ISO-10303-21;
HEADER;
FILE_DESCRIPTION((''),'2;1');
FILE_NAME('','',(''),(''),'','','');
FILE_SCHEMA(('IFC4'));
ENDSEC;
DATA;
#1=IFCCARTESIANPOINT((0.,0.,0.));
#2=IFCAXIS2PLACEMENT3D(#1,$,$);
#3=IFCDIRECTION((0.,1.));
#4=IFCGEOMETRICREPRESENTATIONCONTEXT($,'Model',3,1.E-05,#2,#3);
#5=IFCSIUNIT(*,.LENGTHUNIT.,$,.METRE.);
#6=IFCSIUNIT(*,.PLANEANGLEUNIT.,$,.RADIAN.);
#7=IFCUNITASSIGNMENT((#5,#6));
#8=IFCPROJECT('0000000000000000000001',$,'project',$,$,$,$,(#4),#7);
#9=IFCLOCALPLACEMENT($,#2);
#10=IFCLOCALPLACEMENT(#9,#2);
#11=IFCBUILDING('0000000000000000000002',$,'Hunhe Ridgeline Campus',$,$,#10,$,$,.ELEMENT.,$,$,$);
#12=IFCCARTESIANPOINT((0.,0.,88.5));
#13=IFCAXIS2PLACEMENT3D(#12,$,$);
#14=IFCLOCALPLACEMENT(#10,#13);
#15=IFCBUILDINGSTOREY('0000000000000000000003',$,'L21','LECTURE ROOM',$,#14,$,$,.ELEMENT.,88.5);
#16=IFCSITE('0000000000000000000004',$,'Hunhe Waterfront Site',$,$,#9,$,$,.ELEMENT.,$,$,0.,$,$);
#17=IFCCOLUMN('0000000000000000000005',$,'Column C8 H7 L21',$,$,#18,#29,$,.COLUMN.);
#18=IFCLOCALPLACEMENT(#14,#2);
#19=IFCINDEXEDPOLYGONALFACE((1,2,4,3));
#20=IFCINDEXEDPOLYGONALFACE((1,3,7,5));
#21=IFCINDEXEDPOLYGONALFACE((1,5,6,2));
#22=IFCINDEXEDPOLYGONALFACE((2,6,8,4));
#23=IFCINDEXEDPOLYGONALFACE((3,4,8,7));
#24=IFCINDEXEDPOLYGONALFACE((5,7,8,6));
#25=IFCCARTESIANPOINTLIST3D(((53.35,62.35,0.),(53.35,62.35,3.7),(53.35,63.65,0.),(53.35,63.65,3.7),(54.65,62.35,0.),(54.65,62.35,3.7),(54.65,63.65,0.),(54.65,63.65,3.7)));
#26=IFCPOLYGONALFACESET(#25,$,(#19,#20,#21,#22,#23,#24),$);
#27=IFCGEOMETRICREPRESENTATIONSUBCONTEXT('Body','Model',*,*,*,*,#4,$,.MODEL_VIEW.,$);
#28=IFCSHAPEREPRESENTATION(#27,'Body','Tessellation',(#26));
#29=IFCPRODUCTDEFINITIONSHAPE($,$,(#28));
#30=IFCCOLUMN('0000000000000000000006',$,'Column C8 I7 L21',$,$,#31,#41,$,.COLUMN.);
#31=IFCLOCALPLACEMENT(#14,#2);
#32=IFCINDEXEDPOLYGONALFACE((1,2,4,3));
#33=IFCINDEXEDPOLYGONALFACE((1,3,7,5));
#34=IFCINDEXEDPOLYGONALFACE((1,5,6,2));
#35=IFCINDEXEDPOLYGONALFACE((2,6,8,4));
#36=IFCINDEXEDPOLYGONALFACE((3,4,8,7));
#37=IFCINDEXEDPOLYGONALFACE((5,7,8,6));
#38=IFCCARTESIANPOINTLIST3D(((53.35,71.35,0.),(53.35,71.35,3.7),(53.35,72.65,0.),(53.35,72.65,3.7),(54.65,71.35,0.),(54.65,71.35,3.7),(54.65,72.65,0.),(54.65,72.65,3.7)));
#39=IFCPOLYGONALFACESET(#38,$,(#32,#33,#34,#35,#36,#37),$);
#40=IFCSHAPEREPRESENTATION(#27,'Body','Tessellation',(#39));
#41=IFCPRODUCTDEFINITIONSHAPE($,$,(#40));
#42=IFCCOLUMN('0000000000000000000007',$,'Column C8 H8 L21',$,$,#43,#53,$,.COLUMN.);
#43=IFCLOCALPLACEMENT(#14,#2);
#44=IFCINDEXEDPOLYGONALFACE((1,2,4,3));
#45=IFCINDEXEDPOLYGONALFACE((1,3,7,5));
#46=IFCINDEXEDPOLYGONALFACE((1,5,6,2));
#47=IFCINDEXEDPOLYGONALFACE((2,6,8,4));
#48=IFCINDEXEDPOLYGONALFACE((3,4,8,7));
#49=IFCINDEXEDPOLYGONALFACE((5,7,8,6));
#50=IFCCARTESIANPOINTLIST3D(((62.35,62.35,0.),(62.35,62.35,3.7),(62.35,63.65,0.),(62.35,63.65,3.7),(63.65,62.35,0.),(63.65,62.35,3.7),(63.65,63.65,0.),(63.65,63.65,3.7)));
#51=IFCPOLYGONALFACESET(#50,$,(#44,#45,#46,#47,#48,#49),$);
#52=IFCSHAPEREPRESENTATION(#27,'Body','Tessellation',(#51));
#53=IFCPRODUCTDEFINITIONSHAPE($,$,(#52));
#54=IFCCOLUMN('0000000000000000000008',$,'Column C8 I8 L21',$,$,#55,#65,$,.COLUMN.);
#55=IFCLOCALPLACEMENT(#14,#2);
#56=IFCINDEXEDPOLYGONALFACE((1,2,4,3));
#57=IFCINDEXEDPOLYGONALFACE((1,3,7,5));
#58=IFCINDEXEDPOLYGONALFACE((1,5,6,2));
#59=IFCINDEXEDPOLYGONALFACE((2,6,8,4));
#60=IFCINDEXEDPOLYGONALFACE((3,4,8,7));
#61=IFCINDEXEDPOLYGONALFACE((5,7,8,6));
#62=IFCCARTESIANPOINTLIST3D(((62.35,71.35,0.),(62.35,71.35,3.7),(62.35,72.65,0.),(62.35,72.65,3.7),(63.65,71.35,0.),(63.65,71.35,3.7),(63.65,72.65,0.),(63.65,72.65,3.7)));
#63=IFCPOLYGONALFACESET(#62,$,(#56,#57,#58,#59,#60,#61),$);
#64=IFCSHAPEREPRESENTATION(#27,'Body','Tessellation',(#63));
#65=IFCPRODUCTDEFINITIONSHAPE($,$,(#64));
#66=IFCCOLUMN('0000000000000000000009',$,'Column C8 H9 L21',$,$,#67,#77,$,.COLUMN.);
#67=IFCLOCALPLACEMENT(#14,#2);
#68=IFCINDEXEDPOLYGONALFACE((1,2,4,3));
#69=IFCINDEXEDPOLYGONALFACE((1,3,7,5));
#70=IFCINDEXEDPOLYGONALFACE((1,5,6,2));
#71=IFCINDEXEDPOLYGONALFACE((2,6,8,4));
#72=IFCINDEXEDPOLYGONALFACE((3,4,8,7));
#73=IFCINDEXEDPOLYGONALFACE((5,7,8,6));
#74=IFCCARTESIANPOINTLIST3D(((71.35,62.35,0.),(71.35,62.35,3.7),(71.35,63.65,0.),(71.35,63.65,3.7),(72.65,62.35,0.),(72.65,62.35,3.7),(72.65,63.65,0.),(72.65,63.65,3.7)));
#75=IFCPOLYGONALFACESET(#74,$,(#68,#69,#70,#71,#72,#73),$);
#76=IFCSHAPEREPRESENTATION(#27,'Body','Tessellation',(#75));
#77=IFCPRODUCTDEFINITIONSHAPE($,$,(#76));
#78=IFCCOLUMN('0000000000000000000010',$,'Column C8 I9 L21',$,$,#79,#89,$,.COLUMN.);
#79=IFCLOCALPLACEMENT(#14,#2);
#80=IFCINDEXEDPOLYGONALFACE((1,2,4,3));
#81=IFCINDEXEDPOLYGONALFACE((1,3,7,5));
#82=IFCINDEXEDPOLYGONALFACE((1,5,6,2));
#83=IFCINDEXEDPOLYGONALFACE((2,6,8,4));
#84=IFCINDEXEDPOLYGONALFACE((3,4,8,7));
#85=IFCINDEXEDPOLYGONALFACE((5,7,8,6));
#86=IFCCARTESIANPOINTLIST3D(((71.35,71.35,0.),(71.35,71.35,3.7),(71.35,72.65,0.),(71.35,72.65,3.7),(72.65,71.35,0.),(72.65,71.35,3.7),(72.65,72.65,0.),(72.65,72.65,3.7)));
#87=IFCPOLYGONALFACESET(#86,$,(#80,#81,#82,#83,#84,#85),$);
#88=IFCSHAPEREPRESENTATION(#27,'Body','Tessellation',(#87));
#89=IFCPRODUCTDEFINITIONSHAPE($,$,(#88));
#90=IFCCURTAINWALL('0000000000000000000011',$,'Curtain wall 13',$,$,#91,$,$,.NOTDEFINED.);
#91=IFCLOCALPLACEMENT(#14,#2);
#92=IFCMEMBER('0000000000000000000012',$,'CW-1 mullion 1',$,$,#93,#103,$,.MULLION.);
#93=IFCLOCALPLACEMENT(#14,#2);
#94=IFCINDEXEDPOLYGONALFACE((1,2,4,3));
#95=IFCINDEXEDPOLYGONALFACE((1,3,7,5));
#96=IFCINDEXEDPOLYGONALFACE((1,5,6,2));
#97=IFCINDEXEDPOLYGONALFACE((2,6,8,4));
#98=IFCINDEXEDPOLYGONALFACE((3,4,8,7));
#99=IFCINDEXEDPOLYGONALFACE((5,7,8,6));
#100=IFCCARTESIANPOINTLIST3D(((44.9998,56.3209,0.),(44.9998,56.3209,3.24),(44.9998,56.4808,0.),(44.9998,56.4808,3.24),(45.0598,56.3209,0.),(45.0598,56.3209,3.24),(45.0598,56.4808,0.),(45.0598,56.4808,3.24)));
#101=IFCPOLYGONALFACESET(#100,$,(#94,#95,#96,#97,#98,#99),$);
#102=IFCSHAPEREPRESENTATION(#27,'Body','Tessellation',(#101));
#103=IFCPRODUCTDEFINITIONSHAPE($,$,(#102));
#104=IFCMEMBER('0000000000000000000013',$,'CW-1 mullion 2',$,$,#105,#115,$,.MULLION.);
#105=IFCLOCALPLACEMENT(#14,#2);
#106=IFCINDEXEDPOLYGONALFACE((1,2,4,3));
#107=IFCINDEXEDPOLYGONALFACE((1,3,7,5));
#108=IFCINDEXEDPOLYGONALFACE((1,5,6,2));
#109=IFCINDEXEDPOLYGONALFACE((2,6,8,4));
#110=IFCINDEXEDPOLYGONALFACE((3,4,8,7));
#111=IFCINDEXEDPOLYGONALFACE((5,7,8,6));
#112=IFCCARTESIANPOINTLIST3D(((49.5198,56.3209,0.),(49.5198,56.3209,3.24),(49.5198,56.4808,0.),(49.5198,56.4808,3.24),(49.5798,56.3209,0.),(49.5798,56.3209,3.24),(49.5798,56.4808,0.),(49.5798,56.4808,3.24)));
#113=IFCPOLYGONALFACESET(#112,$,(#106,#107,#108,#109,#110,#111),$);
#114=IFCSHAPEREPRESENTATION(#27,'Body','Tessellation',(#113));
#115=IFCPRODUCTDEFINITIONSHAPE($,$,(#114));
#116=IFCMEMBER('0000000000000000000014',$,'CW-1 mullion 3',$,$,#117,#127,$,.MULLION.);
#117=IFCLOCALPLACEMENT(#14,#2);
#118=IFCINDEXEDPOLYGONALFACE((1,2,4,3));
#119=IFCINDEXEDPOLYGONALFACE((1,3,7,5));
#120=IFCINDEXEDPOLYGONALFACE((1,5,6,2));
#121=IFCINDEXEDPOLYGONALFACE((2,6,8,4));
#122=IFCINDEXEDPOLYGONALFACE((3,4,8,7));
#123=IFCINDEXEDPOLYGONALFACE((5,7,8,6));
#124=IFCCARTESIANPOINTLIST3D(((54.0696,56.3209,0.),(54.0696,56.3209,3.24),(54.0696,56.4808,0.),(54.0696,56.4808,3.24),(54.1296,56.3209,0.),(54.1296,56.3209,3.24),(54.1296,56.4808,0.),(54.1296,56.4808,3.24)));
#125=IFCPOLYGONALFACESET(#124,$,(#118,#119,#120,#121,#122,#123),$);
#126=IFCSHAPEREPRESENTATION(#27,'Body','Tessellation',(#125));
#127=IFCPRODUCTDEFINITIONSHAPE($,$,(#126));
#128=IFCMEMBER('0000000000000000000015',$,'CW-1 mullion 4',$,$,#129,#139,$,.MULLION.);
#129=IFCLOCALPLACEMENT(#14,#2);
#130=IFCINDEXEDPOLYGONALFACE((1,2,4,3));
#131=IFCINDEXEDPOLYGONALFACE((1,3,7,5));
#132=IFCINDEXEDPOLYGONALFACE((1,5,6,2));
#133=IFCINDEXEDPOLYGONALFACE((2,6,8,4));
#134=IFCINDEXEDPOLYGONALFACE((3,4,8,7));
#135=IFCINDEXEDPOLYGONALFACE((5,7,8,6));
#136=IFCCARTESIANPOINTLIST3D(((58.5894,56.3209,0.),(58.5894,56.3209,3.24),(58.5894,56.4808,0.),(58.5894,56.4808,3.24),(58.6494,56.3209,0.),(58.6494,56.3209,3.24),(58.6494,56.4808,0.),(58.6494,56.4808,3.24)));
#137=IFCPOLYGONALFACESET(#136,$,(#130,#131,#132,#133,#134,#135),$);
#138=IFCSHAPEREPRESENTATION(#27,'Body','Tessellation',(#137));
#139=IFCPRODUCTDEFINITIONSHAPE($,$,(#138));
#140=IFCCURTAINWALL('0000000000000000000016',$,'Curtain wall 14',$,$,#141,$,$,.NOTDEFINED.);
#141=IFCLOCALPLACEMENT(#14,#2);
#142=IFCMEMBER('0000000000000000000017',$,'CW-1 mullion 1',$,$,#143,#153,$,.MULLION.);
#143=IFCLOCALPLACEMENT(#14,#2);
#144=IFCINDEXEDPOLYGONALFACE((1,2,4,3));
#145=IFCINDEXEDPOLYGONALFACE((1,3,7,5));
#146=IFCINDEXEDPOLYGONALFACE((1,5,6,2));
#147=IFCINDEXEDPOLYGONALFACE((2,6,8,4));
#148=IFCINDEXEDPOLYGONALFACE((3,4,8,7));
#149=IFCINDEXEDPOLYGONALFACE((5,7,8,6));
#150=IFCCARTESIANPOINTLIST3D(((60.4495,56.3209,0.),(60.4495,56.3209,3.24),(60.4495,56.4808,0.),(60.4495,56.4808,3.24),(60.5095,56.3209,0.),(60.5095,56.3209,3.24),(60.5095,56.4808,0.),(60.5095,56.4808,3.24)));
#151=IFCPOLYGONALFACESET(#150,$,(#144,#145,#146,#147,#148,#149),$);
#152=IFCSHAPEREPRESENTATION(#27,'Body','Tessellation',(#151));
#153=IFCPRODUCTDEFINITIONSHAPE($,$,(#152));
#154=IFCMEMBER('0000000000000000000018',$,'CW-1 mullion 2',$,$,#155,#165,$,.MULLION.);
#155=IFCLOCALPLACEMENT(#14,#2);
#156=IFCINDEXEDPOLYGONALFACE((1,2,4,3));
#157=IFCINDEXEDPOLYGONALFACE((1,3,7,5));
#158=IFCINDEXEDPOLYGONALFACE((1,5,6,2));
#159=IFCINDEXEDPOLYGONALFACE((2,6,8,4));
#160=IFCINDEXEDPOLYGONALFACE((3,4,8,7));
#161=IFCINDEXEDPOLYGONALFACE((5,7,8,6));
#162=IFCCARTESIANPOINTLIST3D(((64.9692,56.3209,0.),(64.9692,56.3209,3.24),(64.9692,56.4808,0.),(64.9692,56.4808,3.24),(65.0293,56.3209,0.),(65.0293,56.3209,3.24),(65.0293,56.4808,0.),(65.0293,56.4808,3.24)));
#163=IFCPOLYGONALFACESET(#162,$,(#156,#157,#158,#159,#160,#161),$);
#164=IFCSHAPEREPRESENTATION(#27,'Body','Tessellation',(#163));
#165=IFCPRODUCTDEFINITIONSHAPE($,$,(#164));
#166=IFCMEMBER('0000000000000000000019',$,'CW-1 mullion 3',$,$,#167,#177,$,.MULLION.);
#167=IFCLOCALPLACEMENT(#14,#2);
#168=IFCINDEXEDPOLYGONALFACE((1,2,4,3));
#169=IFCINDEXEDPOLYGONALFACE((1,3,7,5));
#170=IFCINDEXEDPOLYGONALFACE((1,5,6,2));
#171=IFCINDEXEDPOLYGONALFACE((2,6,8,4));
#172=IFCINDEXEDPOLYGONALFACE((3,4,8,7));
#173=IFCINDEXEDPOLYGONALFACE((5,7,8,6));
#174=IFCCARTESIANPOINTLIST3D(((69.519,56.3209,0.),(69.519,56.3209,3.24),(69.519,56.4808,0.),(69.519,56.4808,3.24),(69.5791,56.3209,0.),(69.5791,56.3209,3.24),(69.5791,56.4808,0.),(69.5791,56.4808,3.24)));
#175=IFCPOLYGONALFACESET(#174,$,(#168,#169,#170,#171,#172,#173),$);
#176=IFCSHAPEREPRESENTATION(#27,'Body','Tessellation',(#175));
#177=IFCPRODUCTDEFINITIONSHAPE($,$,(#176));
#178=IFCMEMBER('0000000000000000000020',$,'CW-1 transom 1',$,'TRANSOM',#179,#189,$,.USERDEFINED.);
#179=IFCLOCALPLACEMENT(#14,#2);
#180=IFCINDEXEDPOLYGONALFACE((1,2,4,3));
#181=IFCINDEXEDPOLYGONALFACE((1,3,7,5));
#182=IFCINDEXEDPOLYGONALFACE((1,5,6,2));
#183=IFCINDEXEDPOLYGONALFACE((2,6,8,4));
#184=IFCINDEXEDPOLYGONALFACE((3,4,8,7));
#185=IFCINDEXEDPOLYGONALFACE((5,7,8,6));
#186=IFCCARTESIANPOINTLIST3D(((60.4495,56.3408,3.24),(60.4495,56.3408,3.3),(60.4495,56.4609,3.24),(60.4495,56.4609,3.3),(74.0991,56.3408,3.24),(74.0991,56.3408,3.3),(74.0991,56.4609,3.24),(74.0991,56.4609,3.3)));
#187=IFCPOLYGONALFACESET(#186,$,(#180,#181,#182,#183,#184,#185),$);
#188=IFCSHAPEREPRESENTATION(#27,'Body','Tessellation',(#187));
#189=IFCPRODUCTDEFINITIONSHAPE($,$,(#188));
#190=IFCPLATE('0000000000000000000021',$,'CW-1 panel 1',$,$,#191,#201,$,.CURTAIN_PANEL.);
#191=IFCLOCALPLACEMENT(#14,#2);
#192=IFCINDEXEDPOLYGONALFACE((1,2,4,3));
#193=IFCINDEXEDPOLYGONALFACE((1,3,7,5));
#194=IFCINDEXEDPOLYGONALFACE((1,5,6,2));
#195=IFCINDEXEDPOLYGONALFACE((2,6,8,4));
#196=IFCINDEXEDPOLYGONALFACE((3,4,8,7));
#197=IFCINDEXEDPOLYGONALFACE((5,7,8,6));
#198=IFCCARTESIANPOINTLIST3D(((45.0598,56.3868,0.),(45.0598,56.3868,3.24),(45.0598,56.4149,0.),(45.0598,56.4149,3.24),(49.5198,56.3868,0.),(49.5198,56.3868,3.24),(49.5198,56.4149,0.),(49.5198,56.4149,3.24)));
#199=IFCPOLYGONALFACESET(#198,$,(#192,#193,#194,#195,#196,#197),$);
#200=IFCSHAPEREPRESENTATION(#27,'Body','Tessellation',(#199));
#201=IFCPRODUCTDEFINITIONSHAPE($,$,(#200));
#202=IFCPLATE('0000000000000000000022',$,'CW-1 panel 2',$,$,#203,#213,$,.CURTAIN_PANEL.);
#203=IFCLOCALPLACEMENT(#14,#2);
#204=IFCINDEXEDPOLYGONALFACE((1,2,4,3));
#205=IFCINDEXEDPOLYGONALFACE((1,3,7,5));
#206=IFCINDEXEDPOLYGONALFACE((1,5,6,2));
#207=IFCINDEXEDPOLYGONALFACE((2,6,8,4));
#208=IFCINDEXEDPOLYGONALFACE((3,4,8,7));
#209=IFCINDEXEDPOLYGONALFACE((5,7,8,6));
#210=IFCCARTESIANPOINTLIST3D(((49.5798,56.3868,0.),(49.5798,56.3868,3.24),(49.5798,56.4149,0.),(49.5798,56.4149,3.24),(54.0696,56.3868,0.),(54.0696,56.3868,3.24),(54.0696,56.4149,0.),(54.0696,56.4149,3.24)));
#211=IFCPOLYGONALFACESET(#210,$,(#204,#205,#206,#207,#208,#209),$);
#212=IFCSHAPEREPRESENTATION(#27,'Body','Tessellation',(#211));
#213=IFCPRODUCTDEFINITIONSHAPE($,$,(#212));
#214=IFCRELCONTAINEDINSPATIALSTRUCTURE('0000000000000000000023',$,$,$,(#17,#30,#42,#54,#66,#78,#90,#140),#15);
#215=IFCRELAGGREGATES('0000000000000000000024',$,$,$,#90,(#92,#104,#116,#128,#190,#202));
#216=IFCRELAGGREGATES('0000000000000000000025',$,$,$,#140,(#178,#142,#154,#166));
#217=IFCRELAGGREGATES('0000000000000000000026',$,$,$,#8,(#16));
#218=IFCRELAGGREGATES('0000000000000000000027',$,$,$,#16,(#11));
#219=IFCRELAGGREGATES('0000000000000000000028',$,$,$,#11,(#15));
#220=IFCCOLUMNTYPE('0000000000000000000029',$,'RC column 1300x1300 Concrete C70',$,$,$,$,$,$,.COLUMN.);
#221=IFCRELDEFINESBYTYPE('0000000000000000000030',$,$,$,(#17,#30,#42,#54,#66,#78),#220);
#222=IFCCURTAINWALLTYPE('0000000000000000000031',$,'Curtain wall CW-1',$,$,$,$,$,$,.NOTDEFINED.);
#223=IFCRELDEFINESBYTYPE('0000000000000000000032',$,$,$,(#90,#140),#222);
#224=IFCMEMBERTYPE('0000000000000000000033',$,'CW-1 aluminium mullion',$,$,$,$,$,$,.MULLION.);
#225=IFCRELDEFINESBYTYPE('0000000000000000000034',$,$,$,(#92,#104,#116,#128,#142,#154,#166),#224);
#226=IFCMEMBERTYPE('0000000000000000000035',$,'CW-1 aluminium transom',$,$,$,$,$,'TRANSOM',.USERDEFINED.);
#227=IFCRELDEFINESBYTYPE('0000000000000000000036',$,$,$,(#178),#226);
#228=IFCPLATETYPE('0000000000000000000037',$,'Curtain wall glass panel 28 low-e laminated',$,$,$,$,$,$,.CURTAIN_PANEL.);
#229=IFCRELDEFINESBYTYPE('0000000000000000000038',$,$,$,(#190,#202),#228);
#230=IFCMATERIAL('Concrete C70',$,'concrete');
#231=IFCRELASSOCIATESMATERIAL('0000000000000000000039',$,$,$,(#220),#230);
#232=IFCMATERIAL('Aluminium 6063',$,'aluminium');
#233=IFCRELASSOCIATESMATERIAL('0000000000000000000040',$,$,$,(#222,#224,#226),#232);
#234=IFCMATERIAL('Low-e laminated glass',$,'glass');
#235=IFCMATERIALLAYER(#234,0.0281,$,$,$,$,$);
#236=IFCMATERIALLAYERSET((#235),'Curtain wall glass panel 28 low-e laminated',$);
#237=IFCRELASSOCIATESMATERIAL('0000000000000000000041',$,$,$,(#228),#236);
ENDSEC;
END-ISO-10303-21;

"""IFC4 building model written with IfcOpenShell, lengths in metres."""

from ifc_helpers import new_model, si_unit, direction, frame, origin, origin_2d, place, context, subcontext, project, spatial, rectangle, extrude, material, layer, layer_set, material_profile, profile_set, type_object, element, aggregate, save


model = new_model("IFC4")

# Units and contexts
model_context = context("Model", 3, precision=1e-05, world=origin(), true_north=direction((0.0, 1.0)))
body_context = subcontext(model_context, "Body", "Model", "MODEL_VIEW")
ifc_project = project(units=[si_unit("LENGTHUNIT", "METRE"), si_unit("PLANEANGLEUNIT", "RADIAN")], contexts=[model_context])

# Site, building, storey
site_placement = place(None, origin())
site = spatial("IfcSite", under=ifc_project, at=site_placement, Name="Hunhe Waterfront Site", CompositionType="ELEMENT", RefElevation=0.0)
building_placement = place(site_placement, origin())
building = spatial("IfcBuilding", under=site, at=building_placement, Name="Hunhe Ridgeline Campus", CompositionType="ELEMENT")
storey_placement = place(building_placement, frame((0.0, 0.0, 88.5)))
storey = spatial("IfcBuildingStorey", under=building, at=storey_placement, Name="L21", Description="LECTURE ROOM", CompositionType="ELEMENT", Elevation=88.5)

# Columns
ifc_material_1 = material(Name="Concrete C70", Category="concrete")
ifc_material_profile_1 = material_profile(ifc_material_1, rectangle(XDim=1.3, YDim=1.3, at=origin_2d()))
ifc_profile_set_1 = profile_set([ifc_material_profile_1], Name="Concrete C70")
column_type = type_object("IfcColumnType", Name="RC column 1300x1300 Concrete C70", PredefinedType="COLUMN", material=ifc_profile_set_1)
for number, where, z_axis, x_axis, name in (
    (1, (54.0, 63.0, 0.0), (0.0, 0.0, 1.0), (1.0, 0.0, 0.0), "Column C8 H7 L21"),
    (2, (54.0, 72.0, 0.0), (0.0, 0.0, 1.0), (1.0, 0.0, 0.0), "Column C8 I7 L21"),
    (3, (63.0, 63.0, 0.0), (0.0, 0.0, 1.0), (1.0, 0.0, 0.0), "Column C8 H8 L21"),
    (4, (63.0, 72.0, 0.0), (0.0, 0.0, 1.0), (1.0, 0.0, 0.0), "Column C8 I8 L21"),
    (5, (72.0, 63.0, 0.0), (0.0, 0.0, 1.0), (1.0, 0.0, 0.0), "Column C8 H9 L21"),
    (6, (72.0, 72.0, 0.0), (0.0, 0.0, 1.0), (1.0, 0.0, 0.0), "Column C8 I9 L21"),
):
    element("IfcColumn", number, at=place(storey_placement, frame(where, z_axis=z_axis, x_axis=x_axis)), inside=storey, type_object=column_type, Name=name, PredefinedType="COLUMN", context=body_context, shape_type="SweptSolid", body=[
        extrude(rectangle(XDim=1.3, YDim=1.3, at=origin_2d()), origin(), (0.0, 0.0, 1.0), 3.7),
    ])

# Curtain walls, members
ifc_material_2 = material(Name="Aluminium 6063", Category="aluminium")
curtain_wall_type = type_object("IfcCurtainWallType", Name="Curtain wall CW-1", PredefinedType="NOTDEFINED", material=ifc_material_2)
curtain_wall_1_placement = place(storey_placement, origin())
curtain_wall_1 = element("IfcCurtainWall", 7, at=curtain_wall_1_placement, inside=storey, type_object=curtain_wall_type, Name="Curtain wall 13", PredefinedType="NOTDEFINED")
ifc_material_profile_2 = material_profile(ifc_material_2, rectangle(XDim=0.1599, YDim=0.0601, at=origin_2d()))
ifc_profile_set_2 = profile_set([ifc_material_profile_2], Name="Aluminium 6063")
member_type_1 = type_object("IfcMemberType", Name="CW-1 aluminium mullion", PredefinedType="MULLION", material=ifc_profile_set_2)
member_1_placement = place(storey_placement, frame((45.0298, 56.4009, 0.0), z_axis=(0.0, 0.0, 1.0), x_axis=(0.0, 1.0, 0.0)))
member_1 = element("IfcMember", 8, at=member_1_placement, type_object=member_type_1, Name="CW-1 mullion 1", PredefinedType="MULLION", context=body_context, shape_type="SweptSolid", body=[
    extrude(rectangle(XDim=0.1599, YDim=0.0601, at=origin_2d()), origin(), (0.0, 0.0, 1.0), 3.24),
])
member_2_placement = place(storey_placement, frame((49.5498, 56.4009, 0.0), z_axis=(0.0, 0.0, 1.0), x_axis=(0.0, 1.0, 0.0)))
member_2 = element("IfcMember", 9, at=member_2_placement, type_object=member_type_1, Name="CW-1 mullion 2", PredefinedType="MULLION", context=body_context, shape_type="SweptSolid", body=[
    extrude(rectangle(XDim=0.1599, YDim=0.0601, at=origin_2d()), origin(), (0.0, 0.0, 1.0), 3.24),
])
member_3_placement = place(storey_placement, frame((54.0996, 56.4009, 0.0), z_axis=(0.0, 0.0, 1.0), x_axis=(0.0, 1.0, 0.0)))
member_3 = element("IfcMember", 10, at=member_3_placement, type_object=member_type_1, Name="CW-1 mullion 3", PredefinedType="MULLION", context=body_context, shape_type="SweptSolid", body=[
    extrude(rectangle(XDim=0.1599, YDim=0.0601, at=origin_2d()), origin(), (0.0, 0.0, 1.0), 3.24),
])
member_4_placement = place(storey_placement, frame((58.6194, 56.4009, 0.0), z_axis=(0.0, 0.0, 1.0), x_axis=(0.0, 1.0, 0.0)))
member_4 = element("IfcMember", 11, at=member_4_placement, type_object=member_type_1, Name="CW-1 mullion 4", PredefinedType="MULLION", context=body_context, shape_type="SweptSolid", body=[
    extrude(rectangle(XDim=0.1599, YDim=0.0601, at=origin_2d()), origin(), (0.0, 0.0, 1.0), 3.24),
])
curtain_wall_2_placement = place(storey_placement, origin())
curtain_wall_2 = element("IfcCurtainWall", 12, at=curtain_wall_2_placement, inside=storey, type_object=curtain_wall_type, Name="Curtain wall 14", PredefinedType="NOTDEFINED")
member_5_placement = place(storey_placement, frame((60.4795, 56.4009, 0.0), z_axis=(0.0, 0.0, 1.0), x_axis=(0.0, 1.0, 0.0)))
member_5 = element("IfcMember", 13, at=member_5_placement, type_object=member_type_1, Name="CW-1 mullion 1", PredefinedType="MULLION", context=body_context, shape_type="SweptSolid", body=[
    extrude(rectangle(XDim=0.1599, YDim=0.0601, at=origin_2d()), origin(), (0.0, 0.0, 1.0), 3.24),
])
member_6_placement = place(storey_placement, frame((64.9993, 56.4009, 0.0), z_axis=(0.0, 0.0, 1.0), x_axis=(0.0, 1.0, 0.0)))
member_6 = element("IfcMember", 14, at=member_6_placement, type_object=member_type_1, Name="CW-1 mullion 2", PredefinedType="MULLION", context=body_context, shape_type="SweptSolid", body=[
    extrude(rectangle(XDim=0.1599, YDim=0.0601, at=origin_2d()), origin(), (0.0, 0.0, 1.0), 3.24),
])
member_7_placement = place(storey_placement, frame((69.5491, 56.4009, 0.0), z_axis=(0.0, 0.0, 1.0), x_axis=(0.0, 1.0, 0.0)))
member_7 = element("IfcMember", 15, at=member_7_placement, type_object=member_type_1, Name="CW-1 mullion 3", PredefinedType="MULLION", context=body_context, shape_type="SweptSolid", body=[
    extrude(rectangle(XDim=0.1599, YDim=0.0601, at=origin_2d()), origin(), (0.0, 0.0, 1.0), 3.24),
])
ifc_material_profile_3 = material_profile(ifc_material_2, rectangle(XDim=0.1201, YDim=0.0601, at=origin_2d()))
ifc_profile_set_3 = profile_set([ifc_material_profile_3], Name="Aluminium 6063")
member_type_2 = type_object("IfcMemberType", Name="CW-1 aluminium transom", ElementType="TRANSOM", PredefinedType="USERDEFINED", material=ifc_profile_set_3)
member_8_placement = place(storey_placement, frame((60.4495, 56.4009, 3.27), z_axis=(1.0, 0.0, 0.0), x_axis=(0.0, 1.0, 0.0)))
member_8 = element("IfcMember", 16, at=member_8_placement, type_object=member_type_2, Name="CW-1 transom 1", ObjectType="TRANSOM", PredefinedType="USERDEFINED", context=body_context, shape_type="SweptSolid", body=[
    extrude(rectangle(XDim=0.1201, YDim=0.0601, at=origin_2d()), origin(), (0.0, 0.0, 1.0), 13.6497),
])

# Plates
ifc_material_3 = material(Name="Low-e laminated glass", Category="glass")
ifc_layer_1 = layer(ifc_material_3, 0.0281)
ifc_layer_set_1 = layer_set([ifc_layer_1], Name="Curtain wall glass panel 28 low-e laminated")
plate_type = type_object("IfcPlateType", Name="Curtain wall glass panel 28 low-e laminated", PredefinedType="CURTAIN_PANEL", material=ifc_layer_set_1)
plate_1_placement = place(storey_placement, frame((47.2898, 56.4009, 0.0), z_axis=(0.0, 0.0, 1.0), x_axis=(1.0, 0.0, 0.0)))
plate_1 = element("IfcPlate", 17, at=plate_1_placement, type_object=plate_type, Name="CW-1 panel 1", PredefinedType="CURTAIN_PANEL", context=body_context, shape_type="SweptSolid", body=[
    extrude(rectangle(XDim=4.46, YDim=0.0281, at=origin_2d()), origin(), (0.0, 0.0, 1.0), 3.24),
])
plate_2_placement = place(storey_placement, frame((51.8247, 56.4009, 0.0), z_axis=(0.0, 0.0, 1.0), x_axis=(1.0, 0.0, 0.0)))
plate_2 = element("IfcPlate", 18, at=plate_2_placement, type_object=plate_type, Name="CW-1 panel 2", PredefinedType="CURTAIN_PANEL", context=body_context, shape_type="SweptSolid", body=[
    extrude(rectangle(XDim=4.4897, YDim=0.0281, at=origin_2d()), origin(), (0.0, 0.0, 1.0), 3.24),
])
aggregate(curtain_wall_1, [member_1, member_2, member_3, member_4, plate_1, plate_2])
aggregate(curtain_wall_2, [member_8, member_5, member_6, member_7])

save(model, "model.ifc")
